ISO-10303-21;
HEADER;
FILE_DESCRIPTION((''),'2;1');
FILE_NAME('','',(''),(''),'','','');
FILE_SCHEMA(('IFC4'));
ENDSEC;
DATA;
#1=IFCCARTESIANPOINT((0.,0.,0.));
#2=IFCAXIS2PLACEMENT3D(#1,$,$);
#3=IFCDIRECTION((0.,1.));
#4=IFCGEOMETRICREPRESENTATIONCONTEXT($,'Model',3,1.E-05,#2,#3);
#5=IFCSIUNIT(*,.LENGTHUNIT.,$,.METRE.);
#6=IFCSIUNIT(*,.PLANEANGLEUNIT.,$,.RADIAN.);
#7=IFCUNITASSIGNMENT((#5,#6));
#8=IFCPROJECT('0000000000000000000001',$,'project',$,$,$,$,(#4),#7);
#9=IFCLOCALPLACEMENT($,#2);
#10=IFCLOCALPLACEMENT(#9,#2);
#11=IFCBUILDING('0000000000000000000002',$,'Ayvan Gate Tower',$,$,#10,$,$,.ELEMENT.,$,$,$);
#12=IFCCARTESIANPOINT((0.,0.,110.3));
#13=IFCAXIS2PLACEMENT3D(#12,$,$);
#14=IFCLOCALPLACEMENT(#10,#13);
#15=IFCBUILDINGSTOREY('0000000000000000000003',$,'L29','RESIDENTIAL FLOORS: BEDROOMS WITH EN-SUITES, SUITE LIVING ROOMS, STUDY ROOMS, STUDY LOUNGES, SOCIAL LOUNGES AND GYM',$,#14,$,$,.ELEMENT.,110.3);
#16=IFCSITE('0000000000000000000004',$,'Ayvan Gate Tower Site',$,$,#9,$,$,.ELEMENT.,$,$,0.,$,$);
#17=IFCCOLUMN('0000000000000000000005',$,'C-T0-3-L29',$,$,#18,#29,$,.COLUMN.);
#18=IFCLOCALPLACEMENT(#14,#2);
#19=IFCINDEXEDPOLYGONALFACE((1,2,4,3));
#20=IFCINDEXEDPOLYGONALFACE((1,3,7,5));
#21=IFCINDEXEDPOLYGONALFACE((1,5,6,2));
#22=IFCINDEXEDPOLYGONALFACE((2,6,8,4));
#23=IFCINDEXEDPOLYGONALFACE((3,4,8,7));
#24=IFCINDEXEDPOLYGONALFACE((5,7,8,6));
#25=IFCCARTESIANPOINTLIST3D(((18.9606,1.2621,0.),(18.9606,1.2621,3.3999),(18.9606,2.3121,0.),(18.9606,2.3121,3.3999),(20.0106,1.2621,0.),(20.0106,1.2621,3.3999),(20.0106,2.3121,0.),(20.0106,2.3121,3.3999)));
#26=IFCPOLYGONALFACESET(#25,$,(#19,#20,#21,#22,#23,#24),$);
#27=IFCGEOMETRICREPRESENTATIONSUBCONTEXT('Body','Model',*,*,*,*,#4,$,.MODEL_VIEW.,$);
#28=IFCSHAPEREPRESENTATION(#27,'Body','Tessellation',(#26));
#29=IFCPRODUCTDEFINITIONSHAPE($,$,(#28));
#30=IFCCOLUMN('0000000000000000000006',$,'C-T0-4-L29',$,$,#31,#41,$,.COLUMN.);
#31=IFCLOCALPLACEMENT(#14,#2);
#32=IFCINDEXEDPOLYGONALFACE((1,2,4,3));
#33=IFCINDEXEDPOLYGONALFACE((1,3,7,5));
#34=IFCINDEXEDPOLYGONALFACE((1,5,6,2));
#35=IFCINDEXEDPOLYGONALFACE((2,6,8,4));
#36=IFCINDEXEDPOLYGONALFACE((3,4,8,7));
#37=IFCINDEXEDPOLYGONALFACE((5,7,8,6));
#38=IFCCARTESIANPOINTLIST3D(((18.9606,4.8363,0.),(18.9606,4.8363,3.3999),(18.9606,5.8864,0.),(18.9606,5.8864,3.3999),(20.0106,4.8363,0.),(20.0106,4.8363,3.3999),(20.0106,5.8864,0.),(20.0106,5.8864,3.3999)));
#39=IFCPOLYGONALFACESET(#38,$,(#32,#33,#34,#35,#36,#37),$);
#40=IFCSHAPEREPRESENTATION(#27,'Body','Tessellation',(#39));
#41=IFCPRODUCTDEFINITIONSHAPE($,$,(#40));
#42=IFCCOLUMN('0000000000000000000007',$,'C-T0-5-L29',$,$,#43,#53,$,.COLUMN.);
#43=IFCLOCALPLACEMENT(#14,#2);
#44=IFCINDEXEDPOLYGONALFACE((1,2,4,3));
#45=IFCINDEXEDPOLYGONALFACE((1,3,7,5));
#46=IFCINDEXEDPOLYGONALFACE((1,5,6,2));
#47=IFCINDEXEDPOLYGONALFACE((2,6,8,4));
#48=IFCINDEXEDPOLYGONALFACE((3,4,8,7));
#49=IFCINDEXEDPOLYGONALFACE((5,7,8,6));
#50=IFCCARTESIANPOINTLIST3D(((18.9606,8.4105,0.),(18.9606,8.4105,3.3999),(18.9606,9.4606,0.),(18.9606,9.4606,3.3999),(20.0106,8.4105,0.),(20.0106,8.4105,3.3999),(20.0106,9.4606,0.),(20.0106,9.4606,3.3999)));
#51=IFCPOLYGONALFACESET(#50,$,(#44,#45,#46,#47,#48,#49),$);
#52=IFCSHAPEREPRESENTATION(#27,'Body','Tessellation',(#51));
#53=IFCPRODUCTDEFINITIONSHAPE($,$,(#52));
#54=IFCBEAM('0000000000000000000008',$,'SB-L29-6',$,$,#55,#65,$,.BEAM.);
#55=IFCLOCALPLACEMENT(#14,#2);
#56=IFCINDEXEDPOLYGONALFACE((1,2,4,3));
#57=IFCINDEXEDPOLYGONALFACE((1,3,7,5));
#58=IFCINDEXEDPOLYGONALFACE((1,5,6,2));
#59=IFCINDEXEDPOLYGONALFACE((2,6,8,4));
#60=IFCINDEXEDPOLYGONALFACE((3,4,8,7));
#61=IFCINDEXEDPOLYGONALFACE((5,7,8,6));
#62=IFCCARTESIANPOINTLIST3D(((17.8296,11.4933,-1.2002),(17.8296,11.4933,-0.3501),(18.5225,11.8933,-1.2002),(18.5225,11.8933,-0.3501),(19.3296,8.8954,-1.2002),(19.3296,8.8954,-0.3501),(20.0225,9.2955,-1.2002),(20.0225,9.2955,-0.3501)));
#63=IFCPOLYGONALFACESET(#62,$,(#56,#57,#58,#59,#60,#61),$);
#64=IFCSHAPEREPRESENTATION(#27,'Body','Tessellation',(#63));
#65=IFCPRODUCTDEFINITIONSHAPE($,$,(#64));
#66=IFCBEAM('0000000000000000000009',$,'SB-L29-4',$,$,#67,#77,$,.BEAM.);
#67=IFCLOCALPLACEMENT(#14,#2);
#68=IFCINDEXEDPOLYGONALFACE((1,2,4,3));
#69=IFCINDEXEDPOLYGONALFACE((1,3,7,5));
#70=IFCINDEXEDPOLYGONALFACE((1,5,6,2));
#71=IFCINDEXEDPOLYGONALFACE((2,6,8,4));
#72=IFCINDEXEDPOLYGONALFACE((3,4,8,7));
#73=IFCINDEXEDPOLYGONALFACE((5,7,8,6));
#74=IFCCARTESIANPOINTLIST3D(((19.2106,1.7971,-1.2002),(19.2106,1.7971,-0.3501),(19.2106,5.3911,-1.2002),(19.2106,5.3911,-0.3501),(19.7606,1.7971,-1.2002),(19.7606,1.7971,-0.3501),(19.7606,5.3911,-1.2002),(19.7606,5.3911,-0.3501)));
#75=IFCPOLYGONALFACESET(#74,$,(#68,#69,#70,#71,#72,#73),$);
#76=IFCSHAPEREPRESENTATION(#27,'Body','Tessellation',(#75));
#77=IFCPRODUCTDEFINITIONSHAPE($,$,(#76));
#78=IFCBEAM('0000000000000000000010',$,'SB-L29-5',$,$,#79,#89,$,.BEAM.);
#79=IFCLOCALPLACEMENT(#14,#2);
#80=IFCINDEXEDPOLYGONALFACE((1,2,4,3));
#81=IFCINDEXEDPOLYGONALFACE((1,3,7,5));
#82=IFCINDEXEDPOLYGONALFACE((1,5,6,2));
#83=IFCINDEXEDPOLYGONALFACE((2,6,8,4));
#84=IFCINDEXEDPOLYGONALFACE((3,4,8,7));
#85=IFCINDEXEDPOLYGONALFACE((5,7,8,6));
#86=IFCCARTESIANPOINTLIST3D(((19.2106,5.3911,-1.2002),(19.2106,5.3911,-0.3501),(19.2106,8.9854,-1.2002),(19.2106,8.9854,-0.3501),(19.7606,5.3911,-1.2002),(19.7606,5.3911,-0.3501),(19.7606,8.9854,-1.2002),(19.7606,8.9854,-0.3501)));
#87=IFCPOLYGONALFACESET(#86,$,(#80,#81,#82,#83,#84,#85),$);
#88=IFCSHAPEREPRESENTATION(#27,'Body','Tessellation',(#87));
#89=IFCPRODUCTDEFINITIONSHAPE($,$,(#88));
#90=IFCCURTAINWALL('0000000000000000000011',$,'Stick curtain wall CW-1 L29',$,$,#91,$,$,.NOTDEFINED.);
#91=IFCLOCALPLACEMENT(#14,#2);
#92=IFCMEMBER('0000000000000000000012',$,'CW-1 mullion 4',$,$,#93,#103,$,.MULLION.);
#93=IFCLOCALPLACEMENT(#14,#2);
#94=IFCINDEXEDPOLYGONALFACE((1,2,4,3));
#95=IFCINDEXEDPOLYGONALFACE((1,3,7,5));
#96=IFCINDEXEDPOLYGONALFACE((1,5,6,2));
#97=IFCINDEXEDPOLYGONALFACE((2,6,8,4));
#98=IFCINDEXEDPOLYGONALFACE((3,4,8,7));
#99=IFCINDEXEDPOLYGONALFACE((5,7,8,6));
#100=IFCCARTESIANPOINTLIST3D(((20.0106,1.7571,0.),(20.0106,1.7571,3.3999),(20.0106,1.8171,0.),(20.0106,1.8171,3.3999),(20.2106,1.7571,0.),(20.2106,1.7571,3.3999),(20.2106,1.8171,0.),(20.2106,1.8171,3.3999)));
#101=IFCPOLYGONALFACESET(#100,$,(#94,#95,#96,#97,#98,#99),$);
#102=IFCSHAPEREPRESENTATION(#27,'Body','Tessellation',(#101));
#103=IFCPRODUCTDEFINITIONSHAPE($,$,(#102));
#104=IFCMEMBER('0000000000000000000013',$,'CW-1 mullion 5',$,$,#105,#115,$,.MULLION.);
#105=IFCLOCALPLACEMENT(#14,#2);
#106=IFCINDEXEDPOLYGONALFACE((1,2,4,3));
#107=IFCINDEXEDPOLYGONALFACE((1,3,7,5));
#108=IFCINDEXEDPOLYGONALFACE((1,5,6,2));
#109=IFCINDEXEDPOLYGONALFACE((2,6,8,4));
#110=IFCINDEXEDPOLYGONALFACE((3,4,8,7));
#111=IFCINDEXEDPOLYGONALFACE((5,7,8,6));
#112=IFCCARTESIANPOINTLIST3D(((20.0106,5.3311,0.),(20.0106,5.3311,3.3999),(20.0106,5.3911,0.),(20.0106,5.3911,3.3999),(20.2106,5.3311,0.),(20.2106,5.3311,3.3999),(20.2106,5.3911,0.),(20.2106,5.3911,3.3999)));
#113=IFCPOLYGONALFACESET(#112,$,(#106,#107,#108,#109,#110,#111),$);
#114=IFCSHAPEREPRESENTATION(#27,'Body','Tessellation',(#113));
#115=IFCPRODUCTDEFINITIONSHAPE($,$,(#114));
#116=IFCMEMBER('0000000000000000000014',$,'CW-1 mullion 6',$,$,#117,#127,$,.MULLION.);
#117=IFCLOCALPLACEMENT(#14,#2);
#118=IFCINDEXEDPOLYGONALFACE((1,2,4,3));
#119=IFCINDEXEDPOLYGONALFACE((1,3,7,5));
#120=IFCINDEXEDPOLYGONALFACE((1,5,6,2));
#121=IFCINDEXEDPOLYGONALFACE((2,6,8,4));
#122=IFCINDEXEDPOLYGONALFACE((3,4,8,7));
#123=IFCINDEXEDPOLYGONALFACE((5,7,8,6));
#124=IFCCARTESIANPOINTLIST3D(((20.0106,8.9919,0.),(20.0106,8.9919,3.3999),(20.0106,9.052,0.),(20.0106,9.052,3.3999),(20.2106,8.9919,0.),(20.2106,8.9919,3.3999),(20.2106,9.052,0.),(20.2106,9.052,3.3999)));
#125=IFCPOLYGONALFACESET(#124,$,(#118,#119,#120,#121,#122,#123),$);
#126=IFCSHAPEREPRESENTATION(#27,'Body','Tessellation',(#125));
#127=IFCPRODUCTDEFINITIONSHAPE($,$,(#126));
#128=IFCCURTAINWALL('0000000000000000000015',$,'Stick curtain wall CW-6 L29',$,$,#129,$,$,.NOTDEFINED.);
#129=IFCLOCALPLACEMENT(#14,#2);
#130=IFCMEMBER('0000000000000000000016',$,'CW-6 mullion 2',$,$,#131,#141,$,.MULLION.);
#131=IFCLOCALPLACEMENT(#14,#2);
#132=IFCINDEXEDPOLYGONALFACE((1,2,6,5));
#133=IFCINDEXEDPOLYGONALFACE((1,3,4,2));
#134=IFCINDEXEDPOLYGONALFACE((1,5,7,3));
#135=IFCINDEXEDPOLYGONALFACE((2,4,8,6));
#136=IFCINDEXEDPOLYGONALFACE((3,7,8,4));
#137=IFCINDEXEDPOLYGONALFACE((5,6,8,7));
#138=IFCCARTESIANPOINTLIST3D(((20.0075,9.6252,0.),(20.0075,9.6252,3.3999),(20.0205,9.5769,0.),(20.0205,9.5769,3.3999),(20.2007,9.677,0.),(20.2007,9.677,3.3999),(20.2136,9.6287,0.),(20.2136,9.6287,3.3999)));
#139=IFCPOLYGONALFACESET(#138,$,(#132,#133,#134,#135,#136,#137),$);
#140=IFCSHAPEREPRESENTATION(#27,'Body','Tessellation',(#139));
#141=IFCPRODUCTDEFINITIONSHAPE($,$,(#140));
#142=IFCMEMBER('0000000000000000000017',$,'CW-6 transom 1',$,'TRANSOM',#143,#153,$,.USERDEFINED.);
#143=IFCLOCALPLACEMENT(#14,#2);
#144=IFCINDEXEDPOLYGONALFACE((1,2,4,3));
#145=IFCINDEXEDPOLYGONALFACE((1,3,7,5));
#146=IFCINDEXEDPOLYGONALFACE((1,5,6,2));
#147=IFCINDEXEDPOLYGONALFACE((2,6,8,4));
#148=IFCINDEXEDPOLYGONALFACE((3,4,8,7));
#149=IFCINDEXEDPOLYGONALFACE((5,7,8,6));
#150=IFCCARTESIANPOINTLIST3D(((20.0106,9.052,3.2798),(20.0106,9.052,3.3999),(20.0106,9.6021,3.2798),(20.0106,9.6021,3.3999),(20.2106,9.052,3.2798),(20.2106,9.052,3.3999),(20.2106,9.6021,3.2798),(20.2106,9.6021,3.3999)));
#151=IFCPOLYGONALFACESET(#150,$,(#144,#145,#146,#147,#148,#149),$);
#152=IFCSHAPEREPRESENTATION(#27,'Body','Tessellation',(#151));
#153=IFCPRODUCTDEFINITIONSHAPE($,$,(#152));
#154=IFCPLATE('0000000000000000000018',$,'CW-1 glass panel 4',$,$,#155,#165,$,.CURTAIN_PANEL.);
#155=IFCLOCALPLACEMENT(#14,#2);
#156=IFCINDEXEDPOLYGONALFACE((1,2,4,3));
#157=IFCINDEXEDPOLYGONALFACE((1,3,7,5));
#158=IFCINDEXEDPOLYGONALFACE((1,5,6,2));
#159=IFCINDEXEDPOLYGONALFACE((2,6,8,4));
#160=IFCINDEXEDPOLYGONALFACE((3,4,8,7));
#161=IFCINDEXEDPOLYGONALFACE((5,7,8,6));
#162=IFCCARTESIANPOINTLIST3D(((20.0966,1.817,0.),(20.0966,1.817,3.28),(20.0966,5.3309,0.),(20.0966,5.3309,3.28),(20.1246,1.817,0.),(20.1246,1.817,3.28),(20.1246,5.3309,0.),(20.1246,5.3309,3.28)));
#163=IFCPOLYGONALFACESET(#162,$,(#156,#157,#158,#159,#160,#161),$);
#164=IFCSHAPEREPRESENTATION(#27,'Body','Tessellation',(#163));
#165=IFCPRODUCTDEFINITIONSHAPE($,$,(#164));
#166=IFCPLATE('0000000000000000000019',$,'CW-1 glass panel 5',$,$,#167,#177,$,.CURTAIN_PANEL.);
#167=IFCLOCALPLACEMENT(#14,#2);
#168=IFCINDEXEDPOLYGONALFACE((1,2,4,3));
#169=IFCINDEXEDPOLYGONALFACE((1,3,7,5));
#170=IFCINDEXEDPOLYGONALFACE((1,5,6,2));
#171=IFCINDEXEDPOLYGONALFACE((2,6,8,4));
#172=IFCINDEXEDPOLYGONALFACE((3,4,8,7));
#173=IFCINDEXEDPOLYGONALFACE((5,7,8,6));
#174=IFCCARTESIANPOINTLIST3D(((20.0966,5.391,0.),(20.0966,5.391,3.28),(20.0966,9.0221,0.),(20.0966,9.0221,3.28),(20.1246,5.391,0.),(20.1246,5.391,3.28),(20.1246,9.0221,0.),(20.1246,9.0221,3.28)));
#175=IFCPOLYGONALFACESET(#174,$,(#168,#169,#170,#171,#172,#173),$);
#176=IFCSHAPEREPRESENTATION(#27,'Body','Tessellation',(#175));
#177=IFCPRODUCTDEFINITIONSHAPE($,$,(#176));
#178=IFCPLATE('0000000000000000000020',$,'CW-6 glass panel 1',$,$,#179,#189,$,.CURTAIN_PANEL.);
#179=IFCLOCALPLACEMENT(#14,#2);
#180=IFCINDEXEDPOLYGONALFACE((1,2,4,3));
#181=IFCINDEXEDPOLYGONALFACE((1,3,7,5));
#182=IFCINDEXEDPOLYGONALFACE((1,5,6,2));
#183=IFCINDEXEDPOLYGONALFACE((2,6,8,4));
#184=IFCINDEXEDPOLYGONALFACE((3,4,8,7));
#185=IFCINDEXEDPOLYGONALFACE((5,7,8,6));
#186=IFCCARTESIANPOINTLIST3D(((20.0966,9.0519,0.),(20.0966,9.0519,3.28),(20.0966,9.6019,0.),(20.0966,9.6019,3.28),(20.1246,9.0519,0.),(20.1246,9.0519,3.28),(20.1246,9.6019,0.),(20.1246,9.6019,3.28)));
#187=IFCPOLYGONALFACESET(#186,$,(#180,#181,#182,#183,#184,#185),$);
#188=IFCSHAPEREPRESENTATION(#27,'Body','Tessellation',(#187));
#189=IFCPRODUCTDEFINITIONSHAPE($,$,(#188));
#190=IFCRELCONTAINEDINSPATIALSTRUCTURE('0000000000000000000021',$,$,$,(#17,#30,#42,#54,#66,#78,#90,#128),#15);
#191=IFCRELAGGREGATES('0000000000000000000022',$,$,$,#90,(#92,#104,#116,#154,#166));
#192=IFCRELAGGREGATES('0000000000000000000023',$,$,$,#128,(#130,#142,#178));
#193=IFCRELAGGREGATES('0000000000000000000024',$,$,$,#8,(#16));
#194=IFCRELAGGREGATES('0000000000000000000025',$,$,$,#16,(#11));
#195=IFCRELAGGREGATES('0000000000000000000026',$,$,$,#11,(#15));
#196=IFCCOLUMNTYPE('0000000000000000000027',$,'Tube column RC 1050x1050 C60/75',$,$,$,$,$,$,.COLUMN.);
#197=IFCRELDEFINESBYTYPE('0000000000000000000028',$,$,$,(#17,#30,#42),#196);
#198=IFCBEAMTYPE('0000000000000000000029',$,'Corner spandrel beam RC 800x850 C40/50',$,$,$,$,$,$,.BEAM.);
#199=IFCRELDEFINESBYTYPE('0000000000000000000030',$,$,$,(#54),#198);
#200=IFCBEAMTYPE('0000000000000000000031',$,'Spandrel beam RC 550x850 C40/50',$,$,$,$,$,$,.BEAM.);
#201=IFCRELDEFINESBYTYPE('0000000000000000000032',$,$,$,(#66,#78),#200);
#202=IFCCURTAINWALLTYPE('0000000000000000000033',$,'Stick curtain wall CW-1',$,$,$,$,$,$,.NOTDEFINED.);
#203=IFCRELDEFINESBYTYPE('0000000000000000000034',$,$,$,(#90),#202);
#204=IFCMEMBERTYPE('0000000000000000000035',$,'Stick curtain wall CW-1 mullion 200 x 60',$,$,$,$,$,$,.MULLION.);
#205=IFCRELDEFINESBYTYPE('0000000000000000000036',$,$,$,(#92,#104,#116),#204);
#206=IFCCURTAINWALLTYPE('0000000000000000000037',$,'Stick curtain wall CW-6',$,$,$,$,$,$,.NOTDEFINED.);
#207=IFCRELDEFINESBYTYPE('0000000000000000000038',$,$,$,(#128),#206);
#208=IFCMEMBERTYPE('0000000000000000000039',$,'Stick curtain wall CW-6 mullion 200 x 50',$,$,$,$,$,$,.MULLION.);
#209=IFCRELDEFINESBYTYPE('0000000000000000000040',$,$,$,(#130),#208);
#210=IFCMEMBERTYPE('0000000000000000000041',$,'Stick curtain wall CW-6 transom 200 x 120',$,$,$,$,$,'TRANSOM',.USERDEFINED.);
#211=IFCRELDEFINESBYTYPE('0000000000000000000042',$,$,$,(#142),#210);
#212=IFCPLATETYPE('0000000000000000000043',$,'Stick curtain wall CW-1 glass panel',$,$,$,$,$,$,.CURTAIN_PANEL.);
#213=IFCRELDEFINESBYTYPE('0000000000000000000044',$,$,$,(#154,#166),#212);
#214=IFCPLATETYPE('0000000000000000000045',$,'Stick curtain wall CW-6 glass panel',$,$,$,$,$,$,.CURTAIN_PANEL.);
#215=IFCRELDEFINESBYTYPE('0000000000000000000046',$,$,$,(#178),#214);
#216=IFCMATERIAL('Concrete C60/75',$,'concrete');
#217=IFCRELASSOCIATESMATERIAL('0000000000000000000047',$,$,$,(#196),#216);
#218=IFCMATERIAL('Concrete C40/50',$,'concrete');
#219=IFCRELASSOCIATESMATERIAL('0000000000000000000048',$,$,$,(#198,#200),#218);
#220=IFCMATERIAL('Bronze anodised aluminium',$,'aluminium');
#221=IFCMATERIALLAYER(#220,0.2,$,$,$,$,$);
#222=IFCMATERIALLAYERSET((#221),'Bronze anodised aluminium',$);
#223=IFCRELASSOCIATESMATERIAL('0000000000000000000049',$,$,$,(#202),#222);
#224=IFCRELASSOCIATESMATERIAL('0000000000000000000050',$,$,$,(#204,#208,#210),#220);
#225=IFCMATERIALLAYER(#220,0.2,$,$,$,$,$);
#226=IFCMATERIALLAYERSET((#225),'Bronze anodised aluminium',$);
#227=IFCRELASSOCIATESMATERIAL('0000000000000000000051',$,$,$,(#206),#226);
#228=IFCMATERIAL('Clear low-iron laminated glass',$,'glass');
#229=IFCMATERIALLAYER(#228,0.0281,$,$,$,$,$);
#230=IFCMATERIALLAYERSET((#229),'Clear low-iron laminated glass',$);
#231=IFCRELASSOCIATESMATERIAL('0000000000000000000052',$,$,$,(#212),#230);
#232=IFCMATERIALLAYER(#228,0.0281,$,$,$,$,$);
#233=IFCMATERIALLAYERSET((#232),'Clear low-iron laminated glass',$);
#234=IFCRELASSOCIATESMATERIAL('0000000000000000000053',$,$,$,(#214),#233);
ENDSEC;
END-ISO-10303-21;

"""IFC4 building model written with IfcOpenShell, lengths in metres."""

from ifc_helpers import new_model, si_unit, direction, frame, origin, origin_2d, place, context, subcontext, project, spatial, rectangle, extrude, material, layer, layer_set, material_profile, profile_set, type_object, element, aggregate, save


model = new_model("IFC4")

# Units and contexts
model_context = context("Model", 3, precision=1e-05, world=origin(), true_north=direction((0.0, 1.0)))
body_context = subcontext(model_context, "Body", "Model", "MODEL_VIEW")
ifc_project = project(units=[si_unit("LENGTHUNIT", "METRE"), si_unit("PLANEANGLEUNIT", "RADIAN")], contexts=[model_context])

# Site, building, storey
site_placement = place(None, origin())
site = spatial("IfcSite", under=ifc_project, at=site_placement, Name="Ayvan Gate Tower Site", CompositionType="ELEMENT", RefElevation=0.0)
building_placement = place(site_placement, origin())
building = spatial("IfcBuilding", under=site, at=building_placement, Name="Ayvan Gate Tower", CompositionType="ELEMENT")
storey_placement = place(building_placement, frame((0.0, 0.0, 110.3)))
storey = spatial("IfcBuildingStorey", under=building, at=storey_placement, Name="L29", Description="RESIDENTIAL FLOORS: BEDROOMS WITH EN-SUITES, SUITE LIVING ROOMS, STUDY ROOMS, STUDY LOUNGES, SOCIAL LOUNGES AND GYM", CompositionType="ELEMENT", Elevation=110.3)

# Columns
ifc_material_1 = material(Name="Concrete C60/75", Category="concrete")
ifc_material_profile_1 = material_profile(ifc_material_1, rectangle(XDim=1.05, YDim=1.05, at=origin_2d()), Name="RC 1050x1050")
ifc_profile_set_1 = profile_set([ifc_material_profile_1], Name="Concrete C60/75")
column_type = type_object("IfcColumnType", Name="Tube column RC 1050x1050 C60/75", PredefinedType="COLUMN", material=ifc_profile_set_1)
for number, where, z_axis, x_axis, name in (
    (1, (19.4856, 1.7871, 0.0), (0.0, 0.0, 1.0), (1.0, 0.0, 0.0), "C-T0-3-L29"),
    (2, (19.4856, 5.3613, 0.0), (0.0, 0.0, 1.0), (1.0, 0.0, 0.0), "C-T0-4-L29"),
    (3, (19.4856, 8.9355, 0.0), (0.0, 0.0, 1.0), (1.0, 0.0, 0.0), "C-T0-5-L29"),
):
    element("IfcColumn", number, at=place(storey_placement, frame(where, z_axis=z_axis, x_axis=x_axis)), inside=storey, type_object=column_type, Name=name, PredefinedType="COLUMN", context=body_context, shape_type="SweptSolid", body=[
        extrude(rectangle(XDim=1.05, YDim=1.05, at=origin_2d()), origin(), (0.0, 0.0, 1.0), 3.3999),
    ])

# Beams
ifc_material_2 = material(Name="Concrete C40/50", Category="concrete")
ifc_material_profile_2 = material_profile(ifc_material_2, rectangle(XDim=0.8, YDim=0.8501, at=origin_2d()), Name="RC 800x850")
ifc_profile_set_2 = profile_set([ifc_material_profile_2], Name="Concrete C40/50")
beam_type_1 = type_object("IfcBeamType", Name="Corner spandrel beam RC 800x850 C40/50", PredefinedType="BEAM", material=ifc_profile_set_2)
beam_1_placement = place(storey_placement, frame((19.676, 9.0955, -0.7751), z_axis=(-0.500025, 0.866011, 0.0), x_axis=(-0.866011, -0.500025, 0.0)))
element("IfcBeam", 4, at=beam_1_placement, inside=storey, type_object=beam_type_1, Name="SB-L29-6", PredefinedType="BEAM", context=body_context, shape_type="SweptSolid", body=[
    extrude(rectangle(XDim=0.8, YDim=0.8501, at=origin_2d()), origin(), (0.0, 0.0, 1.0), 2.9998),
])
ifc_material_profile_3 = material_profile(ifc_material_2, rectangle(XDim=0.55, YDim=0.8501, at=origin_2d()), Name="RC 550x850")
ifc_profile_set_3 = profile_set([ifc_material_profile_3], Name="Concrete C40/50")
beam_type_2 = type_object("IfcBeamType", Name="Spandrel beam RC 550x850 C40/50", PredefinedType="BEAM", material=ifc_profile_set_3)
beam_2_placement = place(storey_placement, frame((19.4856, 1.7971, -0.7751), z_axis=(0.0, 1.0, 0.0), x_axis=(-1.0, 0.0, 0.0)))
element("IfcBeam", 5, at=beam_2_placement, inside=storey, type_object=beam_type_2, Name="SB-L29-4", PredefinedType="BEAM", context=body_context, shape_type="SweptSolid", body=[
    extrude(rectangle(XDim=0.55, YDim=0.8501, at=origin_2d()), origin(), (0.0, 0.0, 1.0), 3.594),
])
beam_3_placement = place(storey_placement, frame((19.4856, 5.3911, -0.7751), z_axis=(0.0, 1.0, 0.0), x_axis=(-1.0, 0.0, 0.0)))
element("IfcBeam", 6, at=beam_3_placement, inside=storey, type_object=beam_type_2, Name="SB-L29-5", PredefinedType="BEAM", context=body_context, shape_type="SweptSolid", body=[
    extrude(rectangle(XDim=0.55, YDim=0.8501, at=origin_2d()), origin(), (0.0, 0.0, 1.0), 3.5942),
])

# Curtain walls, members
ifc_material_3 = material(Name="Bronze anodised aluminium", Category="aluminium")
ifc_layer_1 = layer(ifc_material_3, 0.2)
ifc_layer_set_1 = layer_set([ifc_layer_1], Name="Bronze anodised aluminium")
curtain_wall_type_1 = type_object("IfcCurtainWallType", Name="Stick curtain wall CW-1", PredefinedType="NOTDEFINED", material=ifc_layer_set_1)
curtain_wall_1_placement = place(storey_placement, origin())
curtain_wall_1 = element("IfcCurtainWall", 7, at=curtain_wall_1_placement, inside=storey, type_object=curtain_wall_type_1, Name="Stick curtain wall CW-1 L29", PredefinedType="NOTDEFINED")
ifc_material_profile_4 = material_profile(ifc_material_3, rectangle(XDim=0.2, YDim=0.0601, at=origin_2d()), Name="Stick curtain wall CW-1 mullion 200 x 60")
ifc_profile_set_4 = profile_set([ifc_material_profile_4], Name="Bronze anodised aluminium")
member_type_1 = type_object("IfcMemberType", Name="Stick curtain wall CW-1 mullion 200 x 60", PredefinedType="MULLION", material=ifc_profile_set_4)
member_1_placement = place(storey_placement, frame((20.1106, 1.7871, 0.0), z_axis=(0.0, 0.0, 1.0), x_axis=(1.0, 0.0, 0.0)))
member_1 = element("IfcMember", 8, at=member_1_placement, type_object=member_type_1, Name="CW-1 mullion 4", PredefinedType="MULLION", context=body_context, shape_type="SweptSolid", body=[
    extrude(rectangle(XDim=0.2, YDim=0.0601, at=origin_2d()), origin(), (0.0, 0.0, 1.0), 3.3999),
])
member_2_placement = place(storey_placement, frame((20.1106, 5.3611, 0.0), z_axis=(0.0, 0.0, 1.0), x_axis=(1.0, 0.0, 0.0)))
member_2 = element("IfcMember", 9, at=member_2_placement, type_object=member_type_1, Name="CW-1 mullion 5", PredefinedType="MULLION", context=body_context, shape_type="SweptSolid", body=[
    extrude(rectangle(XDim=0.2, YDim=0.0601, at=origin_2d()), origin(), (0.0, 0.0, 1.0), 3.3999),
])
member_3_placement = place(storey_placement, frame((20.1106, 9.022, 0.0), z_axis=(0.0, 0.0, 1.0), x_axis=(1.0, 0.0, 0.0)))
member_3 = element("IfcMember", 10, at=member_3_placement, type_object=member_type_1, Name="CW-1 mullion 6", PredefinedType="MULLION", context=body_context, shape_type="SweptSolid", body=[
    extrude(rectangle(XDim=0.2, YDim=0.0601, at=origin_2d()), origin(), (0.0, 0.0, 1.0), 3.3999),
])
ifc_layer_2 = layer(ifc_material_3, 0.2)
ifc_layer_set_2 = layer_set([ifc_layer_2], Name="Bronze anodised aluminium")
curtain_wall_type_2 = type_object("IfcCurtainWallType", Name="Stick curtain wall CW-6", PredefinedType="NOTDEFINED", material=ifc_layer_set_2)
curtain_wall_2_placement = place(storey_placement, origin())
curtain_wall_2 = element("IfcCurtainWall", 11, at=curtain_wall_2_placement, inside=storey, type_object=curtain_wall_type_2, Name="Stick curtain wall CW-6 L29", PredefinedType="NOTDEFINED")
ifc_material_profile_5 = material_profile(ifc_material_3, rectangle(XDim=0.2, YDim=0.05, at=origin_2d()), Name="Stick curtain wall CW-6 mullion 200 x 50")
ifc_profile_set_5 = profile_set([ifc_material_profile_5], Name="Bronze anodised aluminium")
member_type_2 = type_object("IfcMemberType", Name="Stick curtain wall CW-6 mullion 200 x 50", PredefinedType="MULLION", material=ifc_profile_set_5)
member_4_placement = place(storey_placement, frame((20.1106, 9.627, 0.0), z_axis=(0.0, 0.0, 1.0), x_axis=(0.965926, 0.258819, 0.0)))
member_4 = element("IfcMember", 12, at=member_4_placement, type_object=member_type_2, Name="CW-6 mullion 2", PredefinedType="MULLION", context=body_context, shape_type="SweptSolid", body=[
    extrude(rectangle(XDim=0.2, YDim=0.05, at=origin_2d()), origin(), (0.0, 0.0, 1.0), 3.3999),
])
ifc_material_profile_6 = material_profile(ifc_material_3, rectangle(XDim=0.2, YDim=0.1201, at=origin_2d()), Name="Stick curtain wall CW-6 transom 200 x 120")
ifc_profile_set_6 = profile_set([ifc_material_profile_6], Name="Bronze anodised aluminium")
member_type_3 = type_object("IfcMemberType", Name="Stick curtain wall CW-6 transom 200 x 120", ElementType="TRANSOM", PredefinedType="USERDEFINED", material=ifc_profile_set_6)
member_5_placement = place(storey_placement, frame((20.1106, 9.052, 3.3398), z_axis=(0.0, 1.0, 0.0), x_axis=(-1.0, 0.0, 0.0)))
member_5 = element("IfcMember", 13, at=member_5_placement, type_object=member_type_3, Name="CW-6 transom 1", ObjectType="TRANSOM", PredefinedType="USERDEFINED", context=body_context, shape_type="SweptSolid", body=[
    extrude(rectangle(XDim=0.2, YDim=0.1201, at=origin_2d()), origin(), (0.0, 0.0, 1.0), 0.55),
])

# Plates
ifc_material_4 = material(Name="Clear low-iron laminated glass", Category="glass")
ifc_layer_3 = layer(ifc_material_4, 0.0281)
ifc_layer_set_3 = layer_set([ifc_layer_3], Name="Clear low-iron laminated glass")
plate_type_1 = type_object("IfcPlateType", Name="Stick curtain wall CW-1 glass panel", PredefinedType="CURTAIN_PANEL", material=ifc_layer_set_3)
plate_1_placement = place(storey_placement, frame((20.1106, 3.574, 0.0), z_axis=(0.0, 0.0, 1.0), x_axis=(0.0, 1.0, 0.0)))
plate_1 = element("IfcPlate", 14, at=plate_1_placement, type_object=plate_type_1, Name="CW-1 glass panel 4", PredefinedType="CURTAIN_PANEL", context=body_context, shape_type="SweptSolid", body=[
    extrude(rectangle(XDim=3.5139, YDim=0.0281, at=origin_2d()), origin(), (0.0, 0.0, 1.0), 3.28),
])
plate_2_placement = place(storey_placement, frame((20.1106, 7.2065, 0.0), z_axis=(0.0, 0.0, 1.0), x_axis=(0.0, 1.0, 0.0)))
plate_2 = element("IfcPlate", 15, at=plate_2_placement, type_object=plate_type_1, Name="CW-1 glass panel 5", PredefinedType="CURTAIN_PANEL", context=body_context, shape_type="SweptSolid", body=[
    extrude(rectangle(XDim=3.6311, YDim=0.0281, at=origin_2d()), origin(), (0.0, 0.0, 1.0), 3.28),
])
aggregate(curtain_wall_1, [member_1, member_2, member_3, plate_1, plate_2])
ifc_layer_4 = layer(ifc_material_4, 0.0281)
ifc_layer_set_4 = layer_set([ifc_layer_4], Name="Clear low-iron laminated glass")
plate_type_2 = type_object("IfcPlateType", Name="Stick curtain wall CW-6 glass panel", PredefinedType="CURTAIN_PANEL", material=ifc_layer_set_4)
plate_3_placement = place(storey_placement, frame((20.1106, 9.3269, 0.0), z_axis=(0.0, 0.0, 1.0), x_axis=(0.0, 1.0, 0.0)))
plate_3 = element("IfcPlate", 16, at=plate_3_placement, type_object=plate_type_2, Name="CW-6 glass panel 1", PredefinedType="CURTAIN_PANEL", context=body_context, shape_type="SweptSolid", body=[
    extrude(rectangle(XDim=0.55, YDim=0.0281, at=origin_2d()), origin(), (0.0, 0.0, 1.0), 3.28),
])
aggregate(curtain_wall_2, [member_4, member_5, plate_3])

save(model, "model.ifc")
